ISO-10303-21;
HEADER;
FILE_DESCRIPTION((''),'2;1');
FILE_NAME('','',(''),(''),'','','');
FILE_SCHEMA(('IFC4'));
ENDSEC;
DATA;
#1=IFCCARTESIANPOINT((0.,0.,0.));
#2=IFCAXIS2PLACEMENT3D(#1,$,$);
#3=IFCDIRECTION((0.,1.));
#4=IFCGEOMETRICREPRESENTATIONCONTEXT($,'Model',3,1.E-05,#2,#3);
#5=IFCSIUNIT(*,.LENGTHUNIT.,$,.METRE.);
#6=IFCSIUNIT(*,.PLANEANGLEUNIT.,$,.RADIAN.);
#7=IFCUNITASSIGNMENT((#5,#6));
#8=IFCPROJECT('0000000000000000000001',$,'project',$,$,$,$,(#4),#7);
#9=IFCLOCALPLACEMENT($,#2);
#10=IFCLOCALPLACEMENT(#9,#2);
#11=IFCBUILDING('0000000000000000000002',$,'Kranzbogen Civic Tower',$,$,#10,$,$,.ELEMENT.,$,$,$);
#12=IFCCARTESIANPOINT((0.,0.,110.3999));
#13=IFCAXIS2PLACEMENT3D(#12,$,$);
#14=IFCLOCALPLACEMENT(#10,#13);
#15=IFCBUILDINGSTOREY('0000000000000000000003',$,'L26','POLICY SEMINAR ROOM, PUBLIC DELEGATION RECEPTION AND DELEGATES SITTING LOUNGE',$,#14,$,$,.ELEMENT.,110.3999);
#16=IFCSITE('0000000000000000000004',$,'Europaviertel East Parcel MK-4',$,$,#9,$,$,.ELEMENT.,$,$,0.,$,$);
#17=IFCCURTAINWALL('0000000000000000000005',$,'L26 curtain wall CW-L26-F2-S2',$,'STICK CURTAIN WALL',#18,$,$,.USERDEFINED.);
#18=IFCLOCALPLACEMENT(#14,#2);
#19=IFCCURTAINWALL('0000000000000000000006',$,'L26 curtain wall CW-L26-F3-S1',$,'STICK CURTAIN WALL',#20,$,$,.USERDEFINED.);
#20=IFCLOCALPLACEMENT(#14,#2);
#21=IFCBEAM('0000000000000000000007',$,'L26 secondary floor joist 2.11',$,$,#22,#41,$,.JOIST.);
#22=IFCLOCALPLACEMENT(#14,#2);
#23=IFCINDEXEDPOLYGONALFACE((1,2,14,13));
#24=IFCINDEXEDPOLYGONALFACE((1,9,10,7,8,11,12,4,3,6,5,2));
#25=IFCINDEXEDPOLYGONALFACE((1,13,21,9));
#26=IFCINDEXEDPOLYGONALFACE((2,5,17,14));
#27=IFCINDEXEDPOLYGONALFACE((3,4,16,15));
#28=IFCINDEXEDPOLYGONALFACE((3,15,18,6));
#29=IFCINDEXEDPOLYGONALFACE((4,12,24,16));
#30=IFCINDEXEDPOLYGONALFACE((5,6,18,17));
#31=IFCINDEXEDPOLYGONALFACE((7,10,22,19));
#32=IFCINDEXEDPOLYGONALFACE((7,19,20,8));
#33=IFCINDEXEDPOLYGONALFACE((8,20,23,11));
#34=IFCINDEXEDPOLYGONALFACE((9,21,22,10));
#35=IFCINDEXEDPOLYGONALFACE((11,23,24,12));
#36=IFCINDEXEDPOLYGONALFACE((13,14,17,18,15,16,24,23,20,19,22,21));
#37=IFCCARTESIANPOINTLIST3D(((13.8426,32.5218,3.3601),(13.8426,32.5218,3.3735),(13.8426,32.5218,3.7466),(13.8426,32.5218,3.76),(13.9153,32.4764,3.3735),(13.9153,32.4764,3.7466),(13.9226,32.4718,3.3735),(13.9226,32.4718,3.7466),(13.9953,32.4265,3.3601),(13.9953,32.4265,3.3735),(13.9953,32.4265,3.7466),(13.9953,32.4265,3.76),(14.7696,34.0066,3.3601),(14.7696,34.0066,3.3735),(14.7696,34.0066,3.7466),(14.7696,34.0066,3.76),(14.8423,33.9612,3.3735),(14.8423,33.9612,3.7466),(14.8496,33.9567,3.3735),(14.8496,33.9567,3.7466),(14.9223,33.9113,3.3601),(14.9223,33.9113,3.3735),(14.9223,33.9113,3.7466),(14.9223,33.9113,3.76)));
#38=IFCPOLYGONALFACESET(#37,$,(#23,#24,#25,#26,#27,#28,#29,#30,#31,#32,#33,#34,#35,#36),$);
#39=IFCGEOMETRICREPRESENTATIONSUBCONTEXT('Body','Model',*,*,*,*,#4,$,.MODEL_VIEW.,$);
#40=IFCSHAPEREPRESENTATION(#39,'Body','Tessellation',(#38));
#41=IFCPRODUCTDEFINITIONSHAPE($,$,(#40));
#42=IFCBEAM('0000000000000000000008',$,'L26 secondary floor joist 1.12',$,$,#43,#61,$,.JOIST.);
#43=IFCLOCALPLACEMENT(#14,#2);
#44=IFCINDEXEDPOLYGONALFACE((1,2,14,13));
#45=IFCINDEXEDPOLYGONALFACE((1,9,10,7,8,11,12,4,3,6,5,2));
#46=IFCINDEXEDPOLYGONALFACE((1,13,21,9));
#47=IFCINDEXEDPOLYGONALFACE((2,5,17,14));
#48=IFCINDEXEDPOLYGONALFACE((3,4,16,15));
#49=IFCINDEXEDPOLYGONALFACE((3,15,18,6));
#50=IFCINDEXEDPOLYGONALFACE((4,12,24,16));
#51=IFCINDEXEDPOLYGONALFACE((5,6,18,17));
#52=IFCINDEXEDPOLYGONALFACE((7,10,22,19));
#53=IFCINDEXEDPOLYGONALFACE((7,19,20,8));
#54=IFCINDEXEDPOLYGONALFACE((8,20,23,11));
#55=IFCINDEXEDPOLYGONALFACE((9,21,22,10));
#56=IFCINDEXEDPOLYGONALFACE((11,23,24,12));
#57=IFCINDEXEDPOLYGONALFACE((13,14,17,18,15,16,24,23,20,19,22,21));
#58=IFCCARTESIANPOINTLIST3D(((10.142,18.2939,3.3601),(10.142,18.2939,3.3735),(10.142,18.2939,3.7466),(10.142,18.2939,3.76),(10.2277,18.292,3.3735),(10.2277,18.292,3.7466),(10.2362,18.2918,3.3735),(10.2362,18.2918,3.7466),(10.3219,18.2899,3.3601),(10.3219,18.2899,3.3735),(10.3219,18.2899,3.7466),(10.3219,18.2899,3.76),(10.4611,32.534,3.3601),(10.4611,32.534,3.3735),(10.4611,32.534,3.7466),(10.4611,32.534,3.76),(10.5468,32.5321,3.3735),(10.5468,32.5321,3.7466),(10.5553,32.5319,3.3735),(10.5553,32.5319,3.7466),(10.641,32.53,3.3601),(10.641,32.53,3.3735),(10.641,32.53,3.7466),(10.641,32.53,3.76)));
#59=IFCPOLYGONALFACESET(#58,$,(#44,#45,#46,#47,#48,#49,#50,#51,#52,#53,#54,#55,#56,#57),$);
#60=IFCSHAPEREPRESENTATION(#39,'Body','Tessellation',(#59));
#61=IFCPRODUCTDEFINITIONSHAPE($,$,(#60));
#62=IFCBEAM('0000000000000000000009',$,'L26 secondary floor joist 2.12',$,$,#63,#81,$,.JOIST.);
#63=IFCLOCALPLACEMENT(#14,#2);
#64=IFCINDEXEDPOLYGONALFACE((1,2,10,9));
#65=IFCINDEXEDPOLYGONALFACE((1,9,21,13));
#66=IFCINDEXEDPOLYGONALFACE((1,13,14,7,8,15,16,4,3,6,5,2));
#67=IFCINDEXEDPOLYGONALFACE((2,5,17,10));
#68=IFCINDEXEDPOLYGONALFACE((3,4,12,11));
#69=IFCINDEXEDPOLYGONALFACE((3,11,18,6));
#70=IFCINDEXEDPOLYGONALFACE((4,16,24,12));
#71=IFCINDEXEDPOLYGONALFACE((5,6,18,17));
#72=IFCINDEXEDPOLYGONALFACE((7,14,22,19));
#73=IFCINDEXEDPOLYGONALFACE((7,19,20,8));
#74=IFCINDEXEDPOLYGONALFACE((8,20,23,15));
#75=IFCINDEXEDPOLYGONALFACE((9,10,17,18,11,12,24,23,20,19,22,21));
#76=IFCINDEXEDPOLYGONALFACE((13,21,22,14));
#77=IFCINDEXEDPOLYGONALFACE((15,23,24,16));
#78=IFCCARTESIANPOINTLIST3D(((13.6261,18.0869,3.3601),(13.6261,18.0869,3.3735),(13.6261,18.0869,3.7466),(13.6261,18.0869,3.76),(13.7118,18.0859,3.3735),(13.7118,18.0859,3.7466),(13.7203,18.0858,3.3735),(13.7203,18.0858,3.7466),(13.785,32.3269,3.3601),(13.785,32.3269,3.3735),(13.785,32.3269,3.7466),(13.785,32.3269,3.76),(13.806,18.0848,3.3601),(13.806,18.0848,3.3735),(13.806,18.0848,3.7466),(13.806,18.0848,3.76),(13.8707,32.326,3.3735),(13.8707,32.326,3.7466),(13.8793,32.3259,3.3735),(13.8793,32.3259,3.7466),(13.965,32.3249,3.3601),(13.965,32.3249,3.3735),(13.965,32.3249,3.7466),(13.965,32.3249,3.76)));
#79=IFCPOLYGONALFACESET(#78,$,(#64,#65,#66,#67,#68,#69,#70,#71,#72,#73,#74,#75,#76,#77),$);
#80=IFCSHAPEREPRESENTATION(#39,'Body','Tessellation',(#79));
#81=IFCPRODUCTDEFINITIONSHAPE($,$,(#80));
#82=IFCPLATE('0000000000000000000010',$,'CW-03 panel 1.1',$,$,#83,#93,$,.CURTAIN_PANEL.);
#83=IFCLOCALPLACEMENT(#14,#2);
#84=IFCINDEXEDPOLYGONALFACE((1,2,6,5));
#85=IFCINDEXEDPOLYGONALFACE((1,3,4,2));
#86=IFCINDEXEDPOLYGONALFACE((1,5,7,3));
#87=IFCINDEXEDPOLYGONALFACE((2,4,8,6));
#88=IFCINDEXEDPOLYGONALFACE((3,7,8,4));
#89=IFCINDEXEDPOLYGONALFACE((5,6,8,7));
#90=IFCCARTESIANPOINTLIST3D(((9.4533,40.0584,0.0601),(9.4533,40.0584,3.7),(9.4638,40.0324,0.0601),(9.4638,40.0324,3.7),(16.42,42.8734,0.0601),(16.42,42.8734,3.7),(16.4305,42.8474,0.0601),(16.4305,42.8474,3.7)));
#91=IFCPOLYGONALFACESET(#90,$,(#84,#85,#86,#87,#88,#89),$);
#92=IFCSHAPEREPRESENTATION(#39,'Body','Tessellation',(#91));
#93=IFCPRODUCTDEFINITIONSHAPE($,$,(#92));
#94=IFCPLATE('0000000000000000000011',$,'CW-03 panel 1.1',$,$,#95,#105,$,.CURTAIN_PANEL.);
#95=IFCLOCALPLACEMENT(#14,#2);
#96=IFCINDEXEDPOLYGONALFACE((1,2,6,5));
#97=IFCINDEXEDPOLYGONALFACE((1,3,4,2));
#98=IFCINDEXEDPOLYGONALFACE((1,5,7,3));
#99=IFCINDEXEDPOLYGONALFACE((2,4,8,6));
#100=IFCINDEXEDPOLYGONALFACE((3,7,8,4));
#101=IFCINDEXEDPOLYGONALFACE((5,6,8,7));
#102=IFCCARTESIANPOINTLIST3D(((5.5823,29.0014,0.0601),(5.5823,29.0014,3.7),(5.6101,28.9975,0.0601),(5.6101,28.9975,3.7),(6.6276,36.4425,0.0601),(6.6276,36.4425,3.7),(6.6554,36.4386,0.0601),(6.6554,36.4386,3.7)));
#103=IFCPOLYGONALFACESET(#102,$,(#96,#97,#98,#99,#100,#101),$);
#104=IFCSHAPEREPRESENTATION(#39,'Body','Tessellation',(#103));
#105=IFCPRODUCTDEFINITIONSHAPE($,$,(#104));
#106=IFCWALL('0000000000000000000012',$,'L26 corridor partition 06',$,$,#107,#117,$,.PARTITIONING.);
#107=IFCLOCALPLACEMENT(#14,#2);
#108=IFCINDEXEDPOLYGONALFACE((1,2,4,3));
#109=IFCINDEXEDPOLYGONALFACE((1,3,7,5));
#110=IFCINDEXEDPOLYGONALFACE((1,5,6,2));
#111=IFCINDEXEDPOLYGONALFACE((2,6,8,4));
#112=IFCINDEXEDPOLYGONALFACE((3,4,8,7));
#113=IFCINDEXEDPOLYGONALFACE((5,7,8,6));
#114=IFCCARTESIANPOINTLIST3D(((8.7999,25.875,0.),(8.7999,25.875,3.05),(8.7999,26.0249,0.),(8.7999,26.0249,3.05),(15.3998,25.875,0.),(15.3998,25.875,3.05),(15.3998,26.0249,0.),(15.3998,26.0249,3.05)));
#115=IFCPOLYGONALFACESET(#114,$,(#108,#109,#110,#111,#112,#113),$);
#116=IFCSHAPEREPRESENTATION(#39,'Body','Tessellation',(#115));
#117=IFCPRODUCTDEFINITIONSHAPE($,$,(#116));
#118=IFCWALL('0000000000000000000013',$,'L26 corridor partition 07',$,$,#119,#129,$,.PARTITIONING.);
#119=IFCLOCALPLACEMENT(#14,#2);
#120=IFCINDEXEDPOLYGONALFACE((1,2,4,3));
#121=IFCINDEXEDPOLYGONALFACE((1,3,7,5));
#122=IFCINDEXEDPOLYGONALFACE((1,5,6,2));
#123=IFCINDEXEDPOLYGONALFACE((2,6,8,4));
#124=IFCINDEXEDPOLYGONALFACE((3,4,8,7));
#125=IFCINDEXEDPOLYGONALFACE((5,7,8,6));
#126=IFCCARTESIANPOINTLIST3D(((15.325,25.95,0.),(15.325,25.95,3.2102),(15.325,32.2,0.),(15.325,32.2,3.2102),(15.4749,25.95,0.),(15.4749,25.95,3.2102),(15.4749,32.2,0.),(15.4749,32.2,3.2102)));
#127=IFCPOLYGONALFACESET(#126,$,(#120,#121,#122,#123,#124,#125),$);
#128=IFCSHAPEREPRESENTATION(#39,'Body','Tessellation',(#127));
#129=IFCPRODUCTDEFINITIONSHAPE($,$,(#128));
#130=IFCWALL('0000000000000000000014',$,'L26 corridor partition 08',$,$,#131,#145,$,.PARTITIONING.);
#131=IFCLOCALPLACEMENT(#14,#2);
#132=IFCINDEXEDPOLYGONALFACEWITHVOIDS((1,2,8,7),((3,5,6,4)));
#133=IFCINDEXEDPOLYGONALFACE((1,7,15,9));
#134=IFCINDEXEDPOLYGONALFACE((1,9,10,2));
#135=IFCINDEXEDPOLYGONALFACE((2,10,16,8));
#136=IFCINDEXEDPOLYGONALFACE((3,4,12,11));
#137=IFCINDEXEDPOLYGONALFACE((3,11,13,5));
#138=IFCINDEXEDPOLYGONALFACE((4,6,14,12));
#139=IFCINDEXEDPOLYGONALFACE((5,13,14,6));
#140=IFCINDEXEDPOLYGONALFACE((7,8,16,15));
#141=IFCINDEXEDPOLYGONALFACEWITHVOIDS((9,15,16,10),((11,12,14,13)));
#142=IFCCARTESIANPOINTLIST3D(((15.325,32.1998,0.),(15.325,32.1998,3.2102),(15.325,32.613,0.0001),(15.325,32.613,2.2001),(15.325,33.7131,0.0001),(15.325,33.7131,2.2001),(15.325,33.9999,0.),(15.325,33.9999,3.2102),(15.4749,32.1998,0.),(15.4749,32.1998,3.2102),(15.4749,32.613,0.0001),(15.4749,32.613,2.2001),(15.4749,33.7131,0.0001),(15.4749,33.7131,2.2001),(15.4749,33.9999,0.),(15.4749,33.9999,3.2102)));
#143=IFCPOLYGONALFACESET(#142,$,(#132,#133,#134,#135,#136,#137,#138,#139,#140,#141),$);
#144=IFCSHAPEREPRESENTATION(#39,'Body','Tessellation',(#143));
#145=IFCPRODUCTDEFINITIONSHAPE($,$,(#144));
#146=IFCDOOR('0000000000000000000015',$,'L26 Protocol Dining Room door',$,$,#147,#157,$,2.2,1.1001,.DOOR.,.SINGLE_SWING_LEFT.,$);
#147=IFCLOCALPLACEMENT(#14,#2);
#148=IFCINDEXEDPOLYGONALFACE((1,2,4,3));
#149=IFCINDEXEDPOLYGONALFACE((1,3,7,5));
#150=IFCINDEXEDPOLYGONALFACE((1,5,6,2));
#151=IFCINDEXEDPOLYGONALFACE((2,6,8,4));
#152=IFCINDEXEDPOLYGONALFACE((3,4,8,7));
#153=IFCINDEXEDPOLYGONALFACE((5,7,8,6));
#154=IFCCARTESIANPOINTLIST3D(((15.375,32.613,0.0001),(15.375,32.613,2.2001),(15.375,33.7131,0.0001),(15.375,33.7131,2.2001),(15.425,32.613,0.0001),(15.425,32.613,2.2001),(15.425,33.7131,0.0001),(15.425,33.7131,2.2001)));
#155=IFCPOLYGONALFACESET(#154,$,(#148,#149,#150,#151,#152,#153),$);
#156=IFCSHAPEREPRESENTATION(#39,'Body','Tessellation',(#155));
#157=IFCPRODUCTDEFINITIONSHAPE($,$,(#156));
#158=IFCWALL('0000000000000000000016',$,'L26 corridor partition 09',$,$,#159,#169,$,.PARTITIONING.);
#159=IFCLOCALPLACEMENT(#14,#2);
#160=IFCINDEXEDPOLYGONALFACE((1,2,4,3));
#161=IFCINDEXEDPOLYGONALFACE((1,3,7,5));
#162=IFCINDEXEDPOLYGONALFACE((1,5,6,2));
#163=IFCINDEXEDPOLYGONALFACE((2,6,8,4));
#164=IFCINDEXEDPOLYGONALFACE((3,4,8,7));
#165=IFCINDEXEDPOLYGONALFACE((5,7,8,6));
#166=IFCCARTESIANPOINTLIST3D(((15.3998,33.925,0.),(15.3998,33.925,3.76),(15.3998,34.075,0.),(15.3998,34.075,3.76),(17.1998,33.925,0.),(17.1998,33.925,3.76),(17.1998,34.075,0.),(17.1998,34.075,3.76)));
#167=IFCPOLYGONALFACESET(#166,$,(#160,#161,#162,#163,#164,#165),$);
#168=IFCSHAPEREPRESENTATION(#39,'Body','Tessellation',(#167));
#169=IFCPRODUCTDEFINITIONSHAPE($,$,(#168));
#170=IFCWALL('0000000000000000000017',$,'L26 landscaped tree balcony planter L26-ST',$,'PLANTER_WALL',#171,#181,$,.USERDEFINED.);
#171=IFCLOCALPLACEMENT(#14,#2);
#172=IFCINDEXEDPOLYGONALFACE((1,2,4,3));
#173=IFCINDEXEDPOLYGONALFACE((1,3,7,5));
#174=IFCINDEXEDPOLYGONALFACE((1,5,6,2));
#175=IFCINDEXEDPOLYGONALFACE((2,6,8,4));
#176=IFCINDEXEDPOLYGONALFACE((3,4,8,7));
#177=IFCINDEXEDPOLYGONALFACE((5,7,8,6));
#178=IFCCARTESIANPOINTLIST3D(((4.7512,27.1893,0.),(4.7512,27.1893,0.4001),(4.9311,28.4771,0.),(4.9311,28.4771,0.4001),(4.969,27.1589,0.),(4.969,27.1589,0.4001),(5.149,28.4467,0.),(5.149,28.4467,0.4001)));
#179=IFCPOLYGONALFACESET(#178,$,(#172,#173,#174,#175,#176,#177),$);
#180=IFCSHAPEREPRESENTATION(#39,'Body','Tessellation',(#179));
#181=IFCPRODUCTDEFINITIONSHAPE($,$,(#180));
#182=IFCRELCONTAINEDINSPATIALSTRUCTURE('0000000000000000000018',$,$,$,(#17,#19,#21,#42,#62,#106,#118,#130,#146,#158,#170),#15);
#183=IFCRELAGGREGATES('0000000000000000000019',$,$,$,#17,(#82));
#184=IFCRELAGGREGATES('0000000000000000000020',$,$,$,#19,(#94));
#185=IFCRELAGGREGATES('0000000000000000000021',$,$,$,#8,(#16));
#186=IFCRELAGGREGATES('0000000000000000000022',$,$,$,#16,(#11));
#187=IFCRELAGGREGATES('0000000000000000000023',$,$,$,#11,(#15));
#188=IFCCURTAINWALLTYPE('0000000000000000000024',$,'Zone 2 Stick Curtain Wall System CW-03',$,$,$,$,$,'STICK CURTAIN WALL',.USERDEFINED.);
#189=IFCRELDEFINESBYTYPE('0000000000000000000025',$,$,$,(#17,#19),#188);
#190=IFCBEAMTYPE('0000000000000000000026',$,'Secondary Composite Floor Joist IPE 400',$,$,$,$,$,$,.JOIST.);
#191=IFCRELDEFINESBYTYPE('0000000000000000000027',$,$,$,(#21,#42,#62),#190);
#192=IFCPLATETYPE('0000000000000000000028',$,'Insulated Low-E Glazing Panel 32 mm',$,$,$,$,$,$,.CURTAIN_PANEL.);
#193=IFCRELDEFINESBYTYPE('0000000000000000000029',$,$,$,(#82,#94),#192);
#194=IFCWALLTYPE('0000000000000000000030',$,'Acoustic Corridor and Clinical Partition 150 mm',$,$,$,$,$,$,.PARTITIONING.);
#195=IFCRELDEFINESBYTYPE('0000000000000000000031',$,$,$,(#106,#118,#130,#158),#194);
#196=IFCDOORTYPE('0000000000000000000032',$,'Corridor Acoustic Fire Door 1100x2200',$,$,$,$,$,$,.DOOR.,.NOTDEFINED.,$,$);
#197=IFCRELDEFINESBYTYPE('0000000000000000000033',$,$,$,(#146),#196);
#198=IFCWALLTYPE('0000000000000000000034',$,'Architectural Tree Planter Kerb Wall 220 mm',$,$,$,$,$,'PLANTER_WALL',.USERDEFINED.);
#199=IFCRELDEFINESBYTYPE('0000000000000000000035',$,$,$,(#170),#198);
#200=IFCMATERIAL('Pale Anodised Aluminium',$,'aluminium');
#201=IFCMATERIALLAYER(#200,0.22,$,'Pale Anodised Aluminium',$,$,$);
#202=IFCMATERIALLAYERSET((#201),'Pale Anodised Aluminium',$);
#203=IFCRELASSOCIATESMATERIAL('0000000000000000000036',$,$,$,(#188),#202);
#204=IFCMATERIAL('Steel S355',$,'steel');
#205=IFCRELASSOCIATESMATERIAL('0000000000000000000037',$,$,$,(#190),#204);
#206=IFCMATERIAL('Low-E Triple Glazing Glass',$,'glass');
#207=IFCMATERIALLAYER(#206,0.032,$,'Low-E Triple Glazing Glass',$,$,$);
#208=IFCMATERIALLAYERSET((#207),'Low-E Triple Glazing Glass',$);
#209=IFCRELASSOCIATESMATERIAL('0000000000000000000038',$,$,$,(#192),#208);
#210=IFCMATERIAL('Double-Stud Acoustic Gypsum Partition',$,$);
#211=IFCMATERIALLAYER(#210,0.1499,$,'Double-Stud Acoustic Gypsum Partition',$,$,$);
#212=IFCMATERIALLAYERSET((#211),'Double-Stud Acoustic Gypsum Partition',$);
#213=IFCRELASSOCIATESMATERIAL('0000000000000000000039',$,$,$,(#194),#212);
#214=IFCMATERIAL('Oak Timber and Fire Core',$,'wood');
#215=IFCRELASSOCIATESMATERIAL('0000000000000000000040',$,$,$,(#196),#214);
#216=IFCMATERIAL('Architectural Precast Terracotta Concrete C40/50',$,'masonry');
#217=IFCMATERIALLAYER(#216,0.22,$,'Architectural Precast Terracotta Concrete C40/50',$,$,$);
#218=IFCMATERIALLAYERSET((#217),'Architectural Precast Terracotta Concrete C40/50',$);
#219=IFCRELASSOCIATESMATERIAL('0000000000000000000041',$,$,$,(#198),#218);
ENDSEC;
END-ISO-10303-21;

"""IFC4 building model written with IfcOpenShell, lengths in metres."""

from ifc_helpers import new_model, si_unit, direction, frame, frame_2d, origin, origin_2d, place, context, subcontext, project, spatial, rectangle, i_section, extrude, material, layer, layer_set, material_profile, profile_set, type_object, element, fill, aggregate, save


model = new_model("IFC4")

# Units and contexts
model_context = context("Model", 3, precision=1e-05, world=origin(), true_north=direction((0.0, 1.0)))
body_context = subcontext(model_context, "Body", "Model", "MODEL_VIEW")
ifc_project = project(units=[si_unit("LENGTHUNIT", "METRE"), si_unit("PLANEANGLEUNIT", "RADIAN")], contexts=[model_context])

# Site, building, storey
site_placement = place(None, origin())
site = spatial("IfcSite", under=ifc_project, at=site_placement, Name="Europaviertel East Parcel MK-4", CompositionType="ELEMENT", RefElevation=0.0)
building_placement = place(site_placement, origin())
building = spatial("IfcBuilding", under=site, at=building_placement, Name="Kranzbogen Civic Tower", CompositionType="ELEMENT")
storey_placement = place(building_placement, frame((0.0, 0.0, 110.3999)))
storey = spatial("IfcBuildingStorey", under=building, at=storey_placement, Name="L26", Description="POLICY SEMINAR ROOM, PUBLIC DELEGATION RECEPTION AND DELEGATES SITTING LOUNGE", CompositionType="ELEMENT", Elevation=110.3999)

# Shared definitions
ifc_material_1 = material(Name="Steel S355", Category="steel")

# Curtain wall
ifc_material_2 = material(Name="Pale Anodised Aluminium", Category="aluminium")
ifc_layer_1 = layer(ifc_material_2, 0.22, Name="Pale Anodised Aluminium")
ifc_layer_set_1 = layer_set([ifc_layer_1], Name="Pale Anodised Aluminium")
curtain_wall_type = type_object("IfcCurtainWallType", Name="Zone 2 Stick Curtain Wall System CW-03", ElementType="STICK CURTAIN WALL", PredefinedType="USERDEFINED", material=ifc_layer_set_1)
curtain_wall_1_placement = place(storey_placement, origin())
curtain_wall_1 = element("IfcCurtainWall", 1, at=curtain_wall_1_placement, inside=storey, type_object=curtain_wall_type, Name="L26 curtain wall CW-L26-F2-S2", ObjectType="STICK CURTAIN WALL", PredefinedType="USERDEFINED")

# Curtain wall
curtain_wall_2_placement = place(storey_placement, origin())
curtain_wall_2 = element("IfcCurtainWall", 2, at=curtain_wall_2_placement, inside=storey, type_object=curtain_wall_type, Name="L26 curtain wall CW-L26-F3-S1", ObjectType="STICK CURTAIN WALL", PredefinedType="USERDEFINED")

# Beams
ifc_material_profile_1 = material_profile(ifc_material_1, i_section(OverallWidth=0.1799, OverallDepth=0.3999, WebThickness=0.0085, FlangeThickness=0.0134, at=origin_2d()), Name="IPE 400")
ifc_profile_set_1 = profile_set([ifc_material_profile_1], Name="Steel S355")
beam_type_1 = type_object("IfcBeamType", Name="Secondary Composite Floor Joist IPE 400", PredefinedType="JOIST", material=ifc_profile_set_1)
beam_1_placement = place(storey_placement, frame((14.8459, 33.959, 3.5601), z_axis=(-0.529573, -0.848265, 0.0), x_axis=(0.848265, -0.529573, 0.0)))
element("IfcBeam", 3, at=beam_1_placement, inside=storey, type_object=beam_type_1, Name="L26 secondary floor joist 2.11", PredefinedType="JOIST", context=body_context, shape_type="SweptSolid", body=[
    extrude(i_section(OverallWidth=0.1799, OverallDepth=0.3999, WebThickness=0.0085, FlangeThickness=0.0134, at=origin_2d()), origin(), (0.0, 0.0, 1.0), 1.7505),
])
beam_2_placement = place(storey_placement, frame((10.551, 32.532, 3.5601), z_axis=(-0.022403, -0.999749, 0.0), x_axis=(0.999749, -0.022403, 0.0)))
element("IfcBeam", 4, at=beam_2_placement, inside=storey, type_object=beam_type_1, Name="L26 secondary floor joist 1.12", PredefinedType="JOIST", context=body_context, shape_type="SweptSolid", body=[
    extrude(i_section(OverallWidth=0.1799, OverallDepth=0.3999, WebThickness=0.0085, FlangeThickness=0.0134, at=origin_2d()), origin(), (0.0, 0.0, 1.0), 14.2437),
])
beam_3_placement = place(storey_placement, frame((13.875, 32.3259, 3.5601), z_axis=(-0.011161, -0.999938, 0.0), x_axis=(0.999938, -0.011161, 0.0)))
element("IfcBeam", 5, at=beam_3_placement, inside=storey, type_object=beam_type_1, Name="L26 secondary floor joist 2.12", PredefinedType="JOIST", context=body_context, shape_type="SweptSolid", body=[
    extrude(i_section(OverallWidth=0.1799, OverallDepth=0.3999, WebThickness=0.0085, FlangeThickness=0.0134, at=origin_2d()), origin(), (0.0, 0.0, 1.0), 14.241),
])

# Plates
ifc_material_3 = material(Name="Low-E Triple Glazing Glass", Category="glass")
ifc_layer_2 = layer(ifc_material_3, 0.032, Name="Low-E Triple Glazing Glass")
ifc_layer_set_2 = layer_set([ifc_layer_2], Name="Low-E Triple Glazing Glass")
plate_type = type_object("IfcPlateType", Name="Insulated Low-E Glazing Panel 32 mm", PredefinedType="CURTAIN_PANEL", material=ifc_layer_set_2)
plate_1_placement = place(storey_placement, frame((12.9419, 41.4529, 0.0601), z_axis=(0.0, 0.0, 1.0), x_axis=(-0.92717, -0.374641, 0.0)))
plate_1 = element("IfcPlate", 6, at=plate_1_placement, type_object=plate_type, Name="CW-03 panel 1.1", PredefinedType="CURTAIN_PANEL", context=body_context, shape_type="SweptSolid", body=[
    extrude(rectangle(XDim=7.5139, YDim=0.0281, at=origin_2d()), origin(), (0.0, 0.0, 1.0), 3.6399),
])
aggregate(curtain_wall_1, [plate_1])
plate_2_placement = place(storey_placement, frame((6.1189, 32.72, 0.0601), z_axis=(0.0, 0.0, 1.0), x_axis=(-0.13911, -0.990277, 0.0)))
plate_2 = element("IfcPlate", 7, at=plate_2_placement, type_object=plate_type, Name="CW-03 panel 1.1", PredefinedType="CURTAIN_PANEL", context=body_context, shape_type="SweptSolid", body=[
    extrude(rectangle(XDim=7.5142, YDim=0.0281, at=origin_2d()), origin(), (0.0, 0.0, 1.0), 3.6399),
])
aggregate(curtain_wall_2, [plate_2])

# Walls
ifc_material_4 = material(Name="Double-Stud Acoustic Gypsum Partition")
ifc_layer_3 = layer(ifc_material_4, 0.1499, Name="Double-Stud Acoustic Gypsum Partition")
ifc_layer_set_3 = layer_set([ifc_layer_3], Name="Double-Stud Acoustic Gypsum Partition")
wall_type_1 = type_object("IfcWallType", Name="Acoustic Corridor and Clinical Partition 150 mm", PredefinedType="PARTITIONING", material=ifc_layer_set_3)
wall_1_placement = place(storey_placement, frame((8.8, 25.95, 0.0), z_axis=(0.0, 0.0, 1.0), x_axis=(1.0, 0.0, 0.0)))
element("IfcWall", 8, at=wall_1_placement, inside=storey, type_object=wall_type_1, Name="L26 corridor partition 06", PredefinedType="PARTITIONING", context=body_context, shape_type="SweptSolid", body=[
    extrude(rectangle(XDim=6.5999, YDim=0.1499, at=frame_2d((3.2998, 0.0))), origin(), (0.0, 0.0, 1.0), 3.05),
])
wall_2_placement = place(storey_placement, frame((15.3999, 25.95, 0.0), z_axis=(0.0, 0.0, 1.0), x_axis=(0.0, 1.0, 0.0)))
element("IfcWall", 9, at=wall_2_placement, inside=storey, type_object=wall_type_1, Name="L26 corridor partition 07", PredefinedType="PARTITIONING", context=body_context, shape_type="SweptSolid", body=[
    extrude(rectangle(XDim=6.25, YDim=0.1499, at=frame_2d((3.125, 0.0))), origin(), (0.0, 0.0, 1.0), 3.2102),
])

# Wall, opening, door
wall_3_placement = place(storey_placement, frame((15.3999, 32.2, 0.0), z_axis=(0.0, 0.0, 1.0), x_axis=(0.0, 1.0, 0.0)))
wall_3 = element("IfcWall", 10, at=wall_3_placement, inside=storey, type_object=wall_type_1, Name="L26 corridor partition 08", PredefinedType="PARTITIONING", context=body_context, shape_type="SweptSolid", body=[
    extrude(rectangle(XDim=1.8, YDim=0.1499, at=frame_2d((0.8999, 0.0))), origin(), (0.0, 0.0, 1.0), 3.2102),
])
opening_1_placement = place(wall_3_placement, frame((0.4131, 0.0, 0.0)))
opening_1 = element("IfcOpeningElement", 11, at=opening_1_placement, cuts=wall_3, PredefinedType="OPENING", context=body_context, shape_type="SweptSolid", body=[
    extrude(rectangle(XDim=1.1001, YDim=2.2, at=frame_2d((0.55, 1.1001))), frame((0.0, 0.085, 0.0), z_axis=(0.0, -1.0, 0.0), x_axis=(1.0, 0.0, 0.0)), (0.0, 0.0, 1.0), 0.1699),
])
ifc_material_5 = material(Name="Oak Timber and Fire Core", Category="wood")
door_type_1 = type_object("IfcDoorType", Name="Corridor Acoustic Fire Door 1100x2200", OperationType="NOTDEFINED", PredefinedType="DOOR", material=ifc_material_5)
door_1_placement = place(opening_1_placement, origin())
door_1 = element("IfcDoor", 12, at=door_1_placement, inside=storey, type_object=door_type_1, Name="L26 Protocol Dining Room door", OperationType="SINGLE_SWING_LEFT", OverallHeight=2.2, OverallWidth=1.1001, PredefinedType="DOOR", context=body_context, shape_type="SweptSolid", body=[
    extrude(rectangle(XDim=1.1001, YDim=2.2, at=frame_2d((0.55, 1.1001))), frame((0.0, 0.0249, 0.0), z_axis=(0.0, -1.0, 0.0), x_axis=(1.0, 0.0, 0.0)), (0.0, 0.0, 1.0), 0.05),
])
fill(opening_1, door_1)

# Walls
wall_4_placement = place(storey_placement, frame((15.3999, 34.0, 0.0), z_axis=(0.0, 0.0, 1.0), x_axis=(1.0, 0.0, 0.0)))
element("IfcWall", 13, at=wall_4_placement, inside=storey, type_object=wall_type_1, Name="L26 corridor partition 09", PredefinedType="PARTITIONING", context=body_context, shape_type="SweptSolid", body=[
    extrude(rectangle(XDim=1.8, YDim=0.1499, at=frame_2d((0.8999, 0.0))), origin(), (0.0, 0.0, 1.0), 3.76),
])
ifc_material_6 = material(Name="Architectural Precast Terracotta Concrete C40/50", Category="masonry")
ifc_layer_4 = layer(ifc_material_6, 0.22, Name="Architectural Precast Terracotta Concrete C40/50")
ifc_layer_set_4 = layer_set([ifc_layer_4], Name="Architectural Precast Terracotta Concrete C40/50")
wall_type_2 = type_object("IfcWallType", Name="Architectural Tree Planter Kerb Wall 220 mm", ElementType="PLANTER_WALL", PredefinedType="USERDEFINED", material=ifc_layer_set_4)
wall_5_placement = place(storey_placement, frame((5.04, 28.4619, 0.0), z_axis=(0.0, 0.0, 1.0), x_axis=(-0.138372, -0.99038, 0.0)))
element("IfcWall", 14, at=wall_5_placement, inside=storey, type_object=wall_type_2, Name="L26 landscaped tree balcony planter L26-ST", ObjectType="PLANTER_WALL", PredefinedType="USERDEFINED", context=body_context, shape_type="SweptSolid", body=[
    extrude(rectangle(XDim=1.3003, YDim=0.22, at=frame_2d((0.6501, 0.0))), origin(), (0.0, 0.0, 1.0), 0.4001),
])

save(model, "model.ifc")
